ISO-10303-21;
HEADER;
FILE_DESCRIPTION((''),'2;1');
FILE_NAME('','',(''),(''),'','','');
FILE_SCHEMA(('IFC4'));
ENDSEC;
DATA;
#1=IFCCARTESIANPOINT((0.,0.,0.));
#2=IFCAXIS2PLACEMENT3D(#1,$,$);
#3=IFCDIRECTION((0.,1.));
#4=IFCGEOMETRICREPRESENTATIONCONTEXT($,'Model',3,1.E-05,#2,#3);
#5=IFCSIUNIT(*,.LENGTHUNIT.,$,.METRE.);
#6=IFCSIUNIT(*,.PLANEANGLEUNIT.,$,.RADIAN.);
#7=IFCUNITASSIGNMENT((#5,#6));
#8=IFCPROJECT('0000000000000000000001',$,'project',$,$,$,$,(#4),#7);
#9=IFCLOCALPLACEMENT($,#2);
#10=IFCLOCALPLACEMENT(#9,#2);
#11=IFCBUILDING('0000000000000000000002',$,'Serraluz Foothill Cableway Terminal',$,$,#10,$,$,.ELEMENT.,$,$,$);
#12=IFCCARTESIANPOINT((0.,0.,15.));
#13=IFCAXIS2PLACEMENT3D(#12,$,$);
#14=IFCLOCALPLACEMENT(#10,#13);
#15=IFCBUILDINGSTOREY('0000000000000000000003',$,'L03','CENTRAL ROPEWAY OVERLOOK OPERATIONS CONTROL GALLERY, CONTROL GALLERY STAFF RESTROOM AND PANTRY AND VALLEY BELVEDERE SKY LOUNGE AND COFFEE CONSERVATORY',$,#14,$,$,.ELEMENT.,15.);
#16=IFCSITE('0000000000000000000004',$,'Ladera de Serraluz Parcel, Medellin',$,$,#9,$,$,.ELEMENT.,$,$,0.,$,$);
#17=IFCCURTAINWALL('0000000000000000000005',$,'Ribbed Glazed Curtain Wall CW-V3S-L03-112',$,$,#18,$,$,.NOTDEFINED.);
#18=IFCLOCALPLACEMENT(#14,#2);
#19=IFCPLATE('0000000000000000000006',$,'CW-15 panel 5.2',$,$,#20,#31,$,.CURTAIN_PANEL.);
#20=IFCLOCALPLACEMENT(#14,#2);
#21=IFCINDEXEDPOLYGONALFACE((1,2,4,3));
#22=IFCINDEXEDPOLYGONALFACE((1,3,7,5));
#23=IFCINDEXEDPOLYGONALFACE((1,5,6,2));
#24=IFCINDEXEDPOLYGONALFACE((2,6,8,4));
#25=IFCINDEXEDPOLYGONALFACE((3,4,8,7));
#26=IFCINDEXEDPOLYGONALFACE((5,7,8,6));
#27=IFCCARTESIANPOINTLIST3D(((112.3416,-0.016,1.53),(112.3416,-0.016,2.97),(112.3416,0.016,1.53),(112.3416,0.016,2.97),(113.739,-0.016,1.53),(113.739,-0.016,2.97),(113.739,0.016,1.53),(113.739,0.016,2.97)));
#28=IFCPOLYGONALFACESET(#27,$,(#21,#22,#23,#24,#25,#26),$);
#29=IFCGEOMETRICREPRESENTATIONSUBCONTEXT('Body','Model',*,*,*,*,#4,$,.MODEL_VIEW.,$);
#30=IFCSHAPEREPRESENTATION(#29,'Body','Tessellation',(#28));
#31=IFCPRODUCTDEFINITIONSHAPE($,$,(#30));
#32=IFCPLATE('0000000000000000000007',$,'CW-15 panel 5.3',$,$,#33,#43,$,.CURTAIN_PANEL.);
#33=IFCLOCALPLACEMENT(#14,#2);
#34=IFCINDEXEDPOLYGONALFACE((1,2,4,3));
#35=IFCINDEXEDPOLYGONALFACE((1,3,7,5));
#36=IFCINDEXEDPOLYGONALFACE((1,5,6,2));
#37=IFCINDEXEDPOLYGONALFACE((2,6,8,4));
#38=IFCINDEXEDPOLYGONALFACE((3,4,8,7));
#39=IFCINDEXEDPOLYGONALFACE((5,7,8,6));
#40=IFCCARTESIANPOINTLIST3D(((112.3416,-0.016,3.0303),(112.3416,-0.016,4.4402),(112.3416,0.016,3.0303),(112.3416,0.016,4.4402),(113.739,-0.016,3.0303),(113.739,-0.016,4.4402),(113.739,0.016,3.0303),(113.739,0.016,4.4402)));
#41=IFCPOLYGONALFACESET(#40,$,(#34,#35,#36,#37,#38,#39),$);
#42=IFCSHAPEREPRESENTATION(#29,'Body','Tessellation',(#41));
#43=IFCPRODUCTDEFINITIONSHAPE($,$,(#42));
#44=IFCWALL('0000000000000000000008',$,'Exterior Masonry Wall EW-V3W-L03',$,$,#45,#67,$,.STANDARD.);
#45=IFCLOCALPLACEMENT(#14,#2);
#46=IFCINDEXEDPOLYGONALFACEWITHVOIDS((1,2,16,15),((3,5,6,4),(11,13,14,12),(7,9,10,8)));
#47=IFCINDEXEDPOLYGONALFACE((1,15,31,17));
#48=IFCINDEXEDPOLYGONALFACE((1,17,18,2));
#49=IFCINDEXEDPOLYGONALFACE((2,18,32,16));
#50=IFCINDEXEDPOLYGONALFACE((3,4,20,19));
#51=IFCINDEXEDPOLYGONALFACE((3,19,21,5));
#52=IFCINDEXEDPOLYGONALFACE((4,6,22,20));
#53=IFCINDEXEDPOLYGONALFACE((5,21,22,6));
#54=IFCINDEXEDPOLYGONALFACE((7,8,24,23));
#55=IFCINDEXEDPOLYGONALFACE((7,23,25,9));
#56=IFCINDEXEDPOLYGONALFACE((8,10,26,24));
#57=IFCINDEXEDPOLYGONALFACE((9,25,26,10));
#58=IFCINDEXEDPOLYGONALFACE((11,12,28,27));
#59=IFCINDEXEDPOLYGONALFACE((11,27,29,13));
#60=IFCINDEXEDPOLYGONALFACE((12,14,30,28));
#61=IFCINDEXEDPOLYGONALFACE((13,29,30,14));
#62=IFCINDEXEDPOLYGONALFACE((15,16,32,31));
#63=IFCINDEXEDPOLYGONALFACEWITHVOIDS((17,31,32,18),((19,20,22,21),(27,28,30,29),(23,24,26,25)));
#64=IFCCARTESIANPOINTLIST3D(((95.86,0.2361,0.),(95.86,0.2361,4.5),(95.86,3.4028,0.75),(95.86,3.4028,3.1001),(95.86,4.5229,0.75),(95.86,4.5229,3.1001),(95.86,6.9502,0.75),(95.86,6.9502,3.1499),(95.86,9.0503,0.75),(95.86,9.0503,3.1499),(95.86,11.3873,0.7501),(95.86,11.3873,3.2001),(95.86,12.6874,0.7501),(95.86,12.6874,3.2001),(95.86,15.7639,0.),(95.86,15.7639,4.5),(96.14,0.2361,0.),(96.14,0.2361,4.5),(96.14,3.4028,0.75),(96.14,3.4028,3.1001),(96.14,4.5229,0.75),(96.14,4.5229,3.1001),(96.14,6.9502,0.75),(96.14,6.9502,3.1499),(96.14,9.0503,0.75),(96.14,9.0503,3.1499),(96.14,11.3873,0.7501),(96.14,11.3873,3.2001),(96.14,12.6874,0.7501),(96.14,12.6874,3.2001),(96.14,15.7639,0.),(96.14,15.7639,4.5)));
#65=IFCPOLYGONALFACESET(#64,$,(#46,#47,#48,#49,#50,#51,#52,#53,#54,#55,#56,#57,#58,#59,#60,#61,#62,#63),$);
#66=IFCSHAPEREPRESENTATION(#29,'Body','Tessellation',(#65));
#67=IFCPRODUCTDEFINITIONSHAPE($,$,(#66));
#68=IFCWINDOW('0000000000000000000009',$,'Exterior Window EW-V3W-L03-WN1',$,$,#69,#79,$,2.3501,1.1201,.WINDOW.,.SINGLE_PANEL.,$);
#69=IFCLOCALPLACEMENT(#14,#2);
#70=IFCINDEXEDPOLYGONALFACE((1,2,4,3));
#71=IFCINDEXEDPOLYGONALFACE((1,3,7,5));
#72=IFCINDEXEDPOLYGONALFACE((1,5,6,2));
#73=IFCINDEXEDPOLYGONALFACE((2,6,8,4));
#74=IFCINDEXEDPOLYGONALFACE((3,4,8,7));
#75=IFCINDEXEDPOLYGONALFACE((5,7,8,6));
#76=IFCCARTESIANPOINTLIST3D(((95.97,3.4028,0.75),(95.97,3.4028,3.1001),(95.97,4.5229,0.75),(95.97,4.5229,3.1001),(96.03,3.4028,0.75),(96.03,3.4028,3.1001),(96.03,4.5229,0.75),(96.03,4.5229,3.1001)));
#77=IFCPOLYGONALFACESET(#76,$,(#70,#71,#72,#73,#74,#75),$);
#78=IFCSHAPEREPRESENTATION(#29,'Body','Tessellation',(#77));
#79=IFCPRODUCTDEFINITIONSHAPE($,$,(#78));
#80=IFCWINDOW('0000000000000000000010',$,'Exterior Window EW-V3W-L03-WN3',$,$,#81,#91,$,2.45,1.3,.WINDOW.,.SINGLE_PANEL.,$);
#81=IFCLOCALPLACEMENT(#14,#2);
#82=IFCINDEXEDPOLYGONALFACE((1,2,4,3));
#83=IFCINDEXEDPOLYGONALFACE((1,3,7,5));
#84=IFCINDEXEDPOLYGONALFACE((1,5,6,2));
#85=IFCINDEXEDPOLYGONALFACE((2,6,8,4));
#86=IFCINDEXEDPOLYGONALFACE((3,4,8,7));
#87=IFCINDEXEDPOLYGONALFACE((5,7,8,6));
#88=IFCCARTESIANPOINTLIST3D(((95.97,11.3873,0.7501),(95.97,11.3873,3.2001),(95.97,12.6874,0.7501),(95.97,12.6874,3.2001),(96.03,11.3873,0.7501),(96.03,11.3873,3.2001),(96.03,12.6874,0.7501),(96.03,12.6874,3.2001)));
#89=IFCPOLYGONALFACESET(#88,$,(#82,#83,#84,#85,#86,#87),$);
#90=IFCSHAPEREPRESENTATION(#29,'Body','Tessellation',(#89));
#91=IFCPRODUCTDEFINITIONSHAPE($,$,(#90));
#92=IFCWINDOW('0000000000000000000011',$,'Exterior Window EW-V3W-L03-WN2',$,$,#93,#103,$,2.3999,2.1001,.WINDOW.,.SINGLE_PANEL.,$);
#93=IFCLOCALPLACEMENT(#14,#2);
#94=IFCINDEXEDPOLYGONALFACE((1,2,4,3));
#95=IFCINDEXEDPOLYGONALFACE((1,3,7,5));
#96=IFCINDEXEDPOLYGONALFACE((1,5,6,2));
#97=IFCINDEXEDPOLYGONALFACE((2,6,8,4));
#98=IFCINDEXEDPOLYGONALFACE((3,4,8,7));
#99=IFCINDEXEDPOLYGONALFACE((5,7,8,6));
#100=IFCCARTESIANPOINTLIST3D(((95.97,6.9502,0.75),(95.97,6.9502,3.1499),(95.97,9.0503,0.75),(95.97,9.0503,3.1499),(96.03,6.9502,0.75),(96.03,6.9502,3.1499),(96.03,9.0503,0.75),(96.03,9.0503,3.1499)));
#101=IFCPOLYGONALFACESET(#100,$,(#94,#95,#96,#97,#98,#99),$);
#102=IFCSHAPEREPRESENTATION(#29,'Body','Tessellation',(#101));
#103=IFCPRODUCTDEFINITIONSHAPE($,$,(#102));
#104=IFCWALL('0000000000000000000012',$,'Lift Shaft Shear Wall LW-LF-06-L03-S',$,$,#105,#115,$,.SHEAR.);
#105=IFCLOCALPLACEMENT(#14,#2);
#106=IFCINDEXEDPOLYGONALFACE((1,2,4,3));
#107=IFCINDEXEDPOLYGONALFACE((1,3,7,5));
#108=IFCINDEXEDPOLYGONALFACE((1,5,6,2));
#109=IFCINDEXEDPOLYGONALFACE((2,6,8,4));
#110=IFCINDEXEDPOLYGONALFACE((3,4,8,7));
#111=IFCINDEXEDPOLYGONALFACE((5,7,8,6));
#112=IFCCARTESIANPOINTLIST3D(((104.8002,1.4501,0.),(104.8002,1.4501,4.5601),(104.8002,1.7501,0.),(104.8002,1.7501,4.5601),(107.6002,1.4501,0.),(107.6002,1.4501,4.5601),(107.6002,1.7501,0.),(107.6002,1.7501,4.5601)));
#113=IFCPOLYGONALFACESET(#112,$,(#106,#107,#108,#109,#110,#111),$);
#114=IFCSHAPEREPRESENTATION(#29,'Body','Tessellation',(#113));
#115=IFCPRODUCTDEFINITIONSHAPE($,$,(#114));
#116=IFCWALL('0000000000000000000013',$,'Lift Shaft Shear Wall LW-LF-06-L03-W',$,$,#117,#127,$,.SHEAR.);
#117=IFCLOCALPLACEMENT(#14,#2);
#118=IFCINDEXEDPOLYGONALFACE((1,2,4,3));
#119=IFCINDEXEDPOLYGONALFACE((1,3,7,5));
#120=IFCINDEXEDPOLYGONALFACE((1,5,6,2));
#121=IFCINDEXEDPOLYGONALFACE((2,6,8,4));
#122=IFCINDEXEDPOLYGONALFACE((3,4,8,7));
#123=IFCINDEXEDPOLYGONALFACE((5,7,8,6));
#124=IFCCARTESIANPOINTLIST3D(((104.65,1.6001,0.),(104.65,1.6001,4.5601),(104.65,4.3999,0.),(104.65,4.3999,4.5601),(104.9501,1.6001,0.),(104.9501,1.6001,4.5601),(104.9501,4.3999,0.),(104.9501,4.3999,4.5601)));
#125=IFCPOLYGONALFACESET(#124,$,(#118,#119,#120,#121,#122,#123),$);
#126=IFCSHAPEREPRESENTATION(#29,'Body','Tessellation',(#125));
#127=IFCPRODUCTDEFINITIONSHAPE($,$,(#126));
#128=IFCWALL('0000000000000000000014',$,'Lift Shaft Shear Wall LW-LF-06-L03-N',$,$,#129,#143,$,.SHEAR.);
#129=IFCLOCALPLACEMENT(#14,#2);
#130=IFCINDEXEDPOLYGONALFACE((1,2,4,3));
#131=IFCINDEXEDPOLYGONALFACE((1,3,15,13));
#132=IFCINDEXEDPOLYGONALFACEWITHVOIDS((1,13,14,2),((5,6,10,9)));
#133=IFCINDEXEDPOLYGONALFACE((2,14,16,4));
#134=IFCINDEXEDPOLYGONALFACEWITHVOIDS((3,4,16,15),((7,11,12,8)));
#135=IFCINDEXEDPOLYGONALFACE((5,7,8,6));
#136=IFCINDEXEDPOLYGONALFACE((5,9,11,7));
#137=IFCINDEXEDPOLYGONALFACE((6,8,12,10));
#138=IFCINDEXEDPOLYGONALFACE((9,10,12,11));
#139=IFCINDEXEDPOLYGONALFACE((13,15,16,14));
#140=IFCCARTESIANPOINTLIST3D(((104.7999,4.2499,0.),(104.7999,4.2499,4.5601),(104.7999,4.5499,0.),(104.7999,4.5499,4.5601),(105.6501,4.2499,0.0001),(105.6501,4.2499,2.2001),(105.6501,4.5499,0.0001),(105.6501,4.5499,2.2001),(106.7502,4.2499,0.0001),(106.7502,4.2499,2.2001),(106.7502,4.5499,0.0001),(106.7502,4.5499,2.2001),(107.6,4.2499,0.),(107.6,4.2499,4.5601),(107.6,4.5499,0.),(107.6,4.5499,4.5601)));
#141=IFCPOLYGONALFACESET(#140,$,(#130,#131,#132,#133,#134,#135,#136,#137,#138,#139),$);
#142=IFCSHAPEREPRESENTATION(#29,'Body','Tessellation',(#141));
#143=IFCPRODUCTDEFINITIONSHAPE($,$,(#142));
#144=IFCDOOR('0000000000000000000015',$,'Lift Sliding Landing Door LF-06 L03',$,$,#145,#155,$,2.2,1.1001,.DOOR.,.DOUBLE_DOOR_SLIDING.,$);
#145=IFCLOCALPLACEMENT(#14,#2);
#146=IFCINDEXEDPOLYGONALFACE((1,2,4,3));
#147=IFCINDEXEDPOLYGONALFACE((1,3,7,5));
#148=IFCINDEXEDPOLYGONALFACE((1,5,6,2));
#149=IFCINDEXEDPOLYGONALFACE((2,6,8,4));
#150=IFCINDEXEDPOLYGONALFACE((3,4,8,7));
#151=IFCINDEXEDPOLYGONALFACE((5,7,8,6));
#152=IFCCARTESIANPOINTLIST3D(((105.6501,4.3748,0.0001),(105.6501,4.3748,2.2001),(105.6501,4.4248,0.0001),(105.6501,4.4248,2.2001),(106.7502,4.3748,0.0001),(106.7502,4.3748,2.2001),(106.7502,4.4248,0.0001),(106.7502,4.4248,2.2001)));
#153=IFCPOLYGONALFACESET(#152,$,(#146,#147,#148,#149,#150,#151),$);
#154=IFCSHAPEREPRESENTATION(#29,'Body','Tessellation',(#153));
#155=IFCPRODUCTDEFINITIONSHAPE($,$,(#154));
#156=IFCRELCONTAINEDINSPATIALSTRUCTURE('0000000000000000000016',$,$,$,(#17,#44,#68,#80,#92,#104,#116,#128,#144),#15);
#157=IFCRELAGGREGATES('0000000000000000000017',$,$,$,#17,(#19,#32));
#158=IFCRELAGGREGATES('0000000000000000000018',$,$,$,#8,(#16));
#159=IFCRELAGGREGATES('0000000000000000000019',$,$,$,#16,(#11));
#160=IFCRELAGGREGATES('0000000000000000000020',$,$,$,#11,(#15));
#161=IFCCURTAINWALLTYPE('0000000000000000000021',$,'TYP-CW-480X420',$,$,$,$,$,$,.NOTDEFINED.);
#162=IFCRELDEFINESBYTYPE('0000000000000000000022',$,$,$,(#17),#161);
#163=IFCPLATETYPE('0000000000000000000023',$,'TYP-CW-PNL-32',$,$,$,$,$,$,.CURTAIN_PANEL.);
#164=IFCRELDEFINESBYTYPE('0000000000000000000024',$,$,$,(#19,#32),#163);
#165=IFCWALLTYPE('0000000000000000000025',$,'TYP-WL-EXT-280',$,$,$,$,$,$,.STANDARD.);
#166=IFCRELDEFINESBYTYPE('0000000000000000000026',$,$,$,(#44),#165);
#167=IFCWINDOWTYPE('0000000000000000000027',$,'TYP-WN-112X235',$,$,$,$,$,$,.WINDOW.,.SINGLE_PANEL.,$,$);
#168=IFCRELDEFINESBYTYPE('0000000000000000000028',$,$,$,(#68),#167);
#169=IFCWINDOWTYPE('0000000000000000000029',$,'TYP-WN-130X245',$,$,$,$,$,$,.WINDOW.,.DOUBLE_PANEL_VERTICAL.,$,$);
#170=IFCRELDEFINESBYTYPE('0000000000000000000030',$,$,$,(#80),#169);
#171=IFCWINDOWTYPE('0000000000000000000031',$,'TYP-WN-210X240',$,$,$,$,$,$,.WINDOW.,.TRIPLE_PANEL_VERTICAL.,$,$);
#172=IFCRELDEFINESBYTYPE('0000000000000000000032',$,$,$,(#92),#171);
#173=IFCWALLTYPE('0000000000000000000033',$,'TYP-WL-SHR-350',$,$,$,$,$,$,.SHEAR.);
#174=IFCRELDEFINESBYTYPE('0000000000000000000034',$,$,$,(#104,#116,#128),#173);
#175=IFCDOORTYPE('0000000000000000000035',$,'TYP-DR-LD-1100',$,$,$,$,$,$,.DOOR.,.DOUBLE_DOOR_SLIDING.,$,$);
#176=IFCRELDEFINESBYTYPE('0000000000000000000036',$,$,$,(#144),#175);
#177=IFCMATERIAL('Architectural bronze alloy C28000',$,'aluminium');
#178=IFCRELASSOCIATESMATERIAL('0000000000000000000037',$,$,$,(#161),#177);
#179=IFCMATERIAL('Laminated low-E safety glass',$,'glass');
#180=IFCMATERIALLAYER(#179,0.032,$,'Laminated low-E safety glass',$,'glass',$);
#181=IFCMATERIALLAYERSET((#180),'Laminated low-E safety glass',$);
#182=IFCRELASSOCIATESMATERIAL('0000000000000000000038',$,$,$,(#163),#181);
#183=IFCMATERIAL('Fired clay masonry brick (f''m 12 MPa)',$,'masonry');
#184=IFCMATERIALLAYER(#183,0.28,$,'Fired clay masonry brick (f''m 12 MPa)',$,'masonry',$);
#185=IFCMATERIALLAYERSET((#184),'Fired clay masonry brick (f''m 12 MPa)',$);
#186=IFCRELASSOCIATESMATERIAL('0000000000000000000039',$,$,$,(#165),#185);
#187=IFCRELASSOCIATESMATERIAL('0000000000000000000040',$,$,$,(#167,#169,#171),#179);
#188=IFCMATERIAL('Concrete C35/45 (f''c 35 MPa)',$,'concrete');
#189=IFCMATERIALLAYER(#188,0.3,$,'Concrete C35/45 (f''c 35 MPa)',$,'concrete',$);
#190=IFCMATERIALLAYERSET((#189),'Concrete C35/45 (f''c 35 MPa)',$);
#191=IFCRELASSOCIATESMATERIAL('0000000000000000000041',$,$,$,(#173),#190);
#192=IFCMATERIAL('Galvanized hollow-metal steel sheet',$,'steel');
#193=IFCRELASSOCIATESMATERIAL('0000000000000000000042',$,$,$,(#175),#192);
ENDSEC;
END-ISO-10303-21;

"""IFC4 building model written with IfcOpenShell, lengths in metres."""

from ifc_helpers import new_model, si_unit, direction, frame, frame_2d, origin, origin_2d, place, context, subcontext, project, spatial, rectangle, extrude, material, layer, layer_set, type_object, element, fill, aggregate, save


model = new_model("IFC4")

# Units and contexts
model_context = context("Model", 3, precision=1e-05, world=origin(), true_north=direction((0.0, 1.0)))
body_context = subcontext(model_context, "Body", "Model", "MODEL_VIEW")
ifc_project = project(units=[si_unit("LENGTHUNIT", "METRE"), si_unit("PLANEANGLEUNIT", "RADIAN")], contexts=[model_context])

# Site, building, storey
site_placement = place(None, origin())
site = spatial("IfcSite", under=ifc_project, at=site_placement, Name="Ladera de Serraluz Parcel, Medellin", CompositionType="ELEMENT", RefElevation=0.0)
building_placement = place(site_placement, origin())
building = spatial("IfcBuilding", under=site, at=building_placement, Name="Serraluz Foothill Cableway Terminal", CompositionType="ELEMENT")
storey_placement = place(building_placement, frame((0.0, 0.0, 15.0)))
storey = spatial("IfcBuildingStorey", under=building, at=storey_placement, Name="L03", Description="CENTRAL ROPEWAY OVERLOOK OPERATIONS CONTROL GALLERY, CONTROL GALLERY STAFF RESTROOM AND PANTRY AND VALLEY BELVEDERE SKY LOUNGE AND COFFEE CONSERVATORY", CompositionType="ELEMENT", Elevation=15.0)

# Shared definitions
ifc_material_1 = material(Name="Architectural bronze alloy C28000", Category="aluminium")

# Curtain wall
curtain_wall_type_1 = type_object("IfcCurtainWallType", Name="TYP-CW-480X420", PredefinedType="NOTDEFINED", material=ifc_material_1)
curtain_wall_1_placement = place(storey_placement, origin())
curtain_wall_1 = element("IfcCurtainWall", 1, at=curtain_wall_1_placement, inside=storey, type_object=curtain_wall_type_1, Name="Ribbed Glazed Curtain Wall CW-V3S-L03-112", PredefinedType="NOTDEFINED")

# Plates
ifc_material_2 = material(Name="Laminated low-E safety glass", Category="glass")
ifc_layer_1 = layer(ifc_material_2, 0.032, Name="Laminated low-E safety glass", Category="glass")
ifc_layer_set_1 = layer_set([ifc_layer_1], Name="Laminated low-E safety glass")
plate_type = type_object("IfcPlateType", Name="TYP-CW-PNL-32", PredefinedType="CURTAIN_PANEL", material=ifc_layer_set_1)
plate_1_placement = place(storey_placement, frame((113.0403, 0.0, 1.53), z_axis=(0.0, 0.0, 1.0), x_axis=(-1.0, 0.0, 0.0)))
plate_1 = element("IfcPlate", 2, at=plate_1_placement, type_object=plate_type, Name="CW-15 panel 5.2", PredefinedType="CURTAIN_PANEL", context=body_context, shape_type="SweptSolid", body=[
    extrude(rectangle(XDim=1.3975, YDim=0.032, at=origin_2d()), origin(), (0.0, 0.0, 1.0), 1.4399),
])
plate_2_placement = place(storey_placement, frame((113.0403, 0.0, 3.0303), z_axis=(0.0, 0.0, 1.0), x_axis=(-1.0, 0.0, 0.0)))
plate_2 = element("IfcPlate", 3, at=plate_2_placement, type_object=plate_type, Name="CW-15 panel 5.3", PredefinedType="CURTAIN_PANEL", context=body_context, shape_type="SweptSolid", body=[
    extrude(rectangle(XDim=1.3975, YDim=0.032, at=origin_2d()), origin(), (0.0, 0.0, 1.0), 1.4099),
])
aggregate(curtain_wall_1, [plate_1, plate_2])

# Wall, openings, windows
ifc_material_3 = material(Name="Fired clay masonry brick (f'm 12 MPa)", Category="masonry")
ifc_layer_2 = layer(ifc_material_3, 0.28, Name="Fired clay masonry brick (f'm 12 MPa)", Category="masonry")
ifc_layer_set_2 = layer_set([ifc_layer_2], Name="Fired clay masonry brick (f'm 12 MPa)")
wall_type_1 = type_object("IfcWallType", Name="TYP-WL-EXT-280", PredefinedType="STANDARD", material=ifc_layer_set_2)
wall_1_placement = place(storey_placement, frame((96.0, 0.2361, 0.0), z_axis=(0.0, 0.0, 1.0), x_axis=(0.0, 1.0, 0.0)))
wall_1 = element("IfcWall", 4, at=wall_1_placement, inside=storey, type_object=wall_type_1, Name="Exterior Masonry Wall EW-V3W-L03", PredefinedType="STANDARD", context=body_context, shape_type="SweptSolid", body=[
    extrude(rectangle(XDim=15.5278, YDim=0.28, at=frame_2d((7.7639, 0.0))), origin(), (0.0, 0.0, 1.0), 4.5),
])
opening_1_placement = place(wall_1_placement, frame((3.1667, 0.0, 0.75)))
opening_1 = element("IfcOpeningElement", 5, at=opening_1_placement, cuts=wall_1, PredefinedType="OPENING", context=body_context, shape_type="SweptSolid", body=[
    extrude(rectangle(XDim=1.1201, YDim=2.3501, at=frame_2d((0.5601, 1.175))), frame((0.0, 0.1499, 0.0), z_axis=(0.0, -1.0, 0.0), x_axis=(1.0, 0.0, 0.0)), (0.0, 0.0, 1.0), 0.3),
])
opening_2_placement = place(wall_1_placement, frame((6.7141, 0.0, 0.75)))
opening_2 = element("IfcOpeningElement", 6, at=opening_2_placement, cuts=wall_1, PredefinedType="OPENING", context=body_context, shape_type="SweptSolid", body=[
    extrude(rectangle(XDim=2.1001, YDim=2.3999, at=frame_2d((1.05, 1.2))), frame((0.0, 0.1499, 0.0), z_axis=(0.0, -1.0, 0.0), x_axis=(1.0, 0.0, 0.0)), (0.0, 0.0, 1.0), 0.3),
])
opening_3_placement = place(wall_1_placement, frame((11.1514, 0.0, 0.75)))
opening_3 = element("IfcOpeningElement", 7, at=opening_3_placement, cuts=wall_1, PredefinedType="OPENING", context=body_context, shape_type="SweptSolid", body=[
    extrude(rectangle(XDim=1.3, YDim=2.45, at=frame_2d((0.6499, 1.2251))), frame((0.0, 0.1499, 0.0), z_axis=(0.0, -1.0, 0.0), x_axis=(1.0, 0.0, 0.0)), (0.0, 0.0, 1.0), 0.3),
])
window_type_1 = type_object("IfcWindowType", Name="TYP-WN-112X235", PartitioningType="SINGLE_PANEL", PredefinedType="WINDOW", material=ifc_material_2)
window_1_placement = place(opening_1_placement, origin())
window_1 = element("IfcWindow", 8, at=window_1_placement, inside=storey, type_object=window_type_1, Name="Exterior Window EW-V3W-L03-WN1", OverallHeight=2.3501, OverallWidth=1.1201, PartitioningType="SINGLE_PANEL", PredefinedType="WINDOW", context=body_context, shape_type="SweptSolid", body=[
    extrude(rectangle(XDim=1.1201, YDim=2.3501, at=frame_2d((0.5601, 1.175))), frame((0.0, 0.03, 0.0), z_axis=(0.0, -1.0, 0.0), x_axis=(1.0, 0.0, 0.0)), (0.0, 0.0, 1.0), 0.0601),
])
fill(opening_1, window_1)
window_type_2 = type_object("IfcWindowType", Name="TYP-WN-130X245", PartitioningType="DOUBLE_PANEL_VERTICAL", PredefinedType="WINDOW", material=ifc_material_2)
window_2_placement = place(opening_3_placement, origin())
window_2 = element("IfcWindow", 9, at=window_2_placement, inside=storey, type_object=window_type_2, Name="Exterior Window EW-V3W-L03-WN3", OverallHeight=2.45, OverallWidth=1.3, PartitioningType="SINGLE_PANEL", PredefinedType="WINDOW", context=body_context, shape_type="SweptSolid", body=[
    extrude(rectangle(XDim=1.3, YDim=2.45, at=frame_2d((0.6499, 1.2251))), frame((0.0, 0.03, 0.0), z_axis=(0.0, -1.0, 0.0), x_axis=(1.0, 0.0, 0.0)), (0.0, 0.0, 1.0), 0.0601),
])
fill(opening_3, window_2)
window_type_3 = type_object("IfcWindowType", Name="TYP-WN-210X240", PartitioningType="TRIPLE_PANEL_VERTICAL", PredefinedType="WINDOW", material=ifc_material_2)
window_3_placement = place(opening_2_placement, origin())
window_3 = element("IfcWindow", 10, at=window_3_placement, inside=storey, type_object=window_type_3, Name="Exterior Window EW-V3W-L03-WN2", OverallHeight=2.3999, OverallWidth=2.1001, PartitioningType="SINGLE_PANEL", PredefinedType="WINDOW", context=body_context, shape_type="SweptSolid", body=[
    extrude(rectangle(XDim=2.1001, YDim=2.3999, at=frame_2d((1.05, 1.2))), frame((0.0, 0.03, 0.0), z_axis=(0.0, -1.0, 0.0), x_axis=(1.0, 0.0, 0.0)), (0.0, 0.0, 1.0), 0.0601),
])
fill(opening_2, window_3)

# Walls
ifc_material_4 = material(Name="Concrete C35/45 (f'c 35 MPa)", Category="concrete")
ifc_layer_3 = layer(ifc_material_4, 0.3, Name="Concrete C35/45 (f'c 35 MPa)", Category="concrete")
ifc_layer_set_3 = layer_set([ifc_layer_3], Name="Concrete C35/45 (f'c 35 MPa)")
wall_type_2 = type_object("IfcWallType", Name="TYP-WL-SHR-350", PredefinedType="SHEAR", material=ifc_layer_set_3)
wall_2_placement = place(storey_placement, frame((107.6001, 1.6001, 0.0), z_axis=(0.0, 0.0, 1.0), x_axis=(-1.0, 0.0, 0.0)))
element("IfcWall", 11, at=wall_2_placement, inside=storey, type_object=wall_type_2, Name="Lift Shaft Shear Wall LW-LF-06-L03-S", PredefinedType="SHEAR", context=body_context, shape_type="SweptSolid", body=[
    extrude(rectangle(XDim=2.8, YDim=0.3, at=frame_2d((1.3999, 0.0))), origin(), (0.0, 0.0, 1.0), 4.5601),
])
wall_3_placement = place(storey_placement, frame((104.8, 1.6001, 0.0), z_axis=(0.0, 0.0, 1.0), x_axis=(0.0, 1.0, 0.0)))
element("IfcWall", 12, at=wall_3_placement, inside=storey, type_object=wall_type_2, Name="Lift Shaft Shear Wall LW-LF-06-L03-W", PredefinedType="SHEAR", context=body_context, shape_type="SweptSolid", body=[
    extrude(rectangle(XDim=2.7998, YDim=0.3, at=frame_2d((1.3999, 0.0))), origin(), (0.0, 0.0, 1.0), 4.5601),
])

# Wall, opening, door
wall_4_placement = place(storey_placement, frame((104.8, 4.3999, 0.0), z_axis=(0.0, 0.0, 1.0), x_axis=(1.0, 0.0, 0.0)))
wall_4 = element("IfcWall", 13, at=wall_4_placement, inside=storey, type_object=wall_type_2, Name="Lift Shaft Shear Wall LW-LF-06-L03-N", PredefinedType="SHEAR", context=body_context, shape_type="SweptSolid", body=[
    extrude(rectangle(XDim=2.8, YDim=0.3, at=frame_2d((1.3999, 0.0))), origin(), (0.0, 0.0, 1.0), 4.5601),
])
opening_4_placement = place(wall_4_placement, frame((0.8501, 0.0, 0.0)))
opening_4 = element("IfcOpeningElement", 14, at=opening_4_placement, cuts=wall_4, PredefinedType="OPENING", context=body_context, shape_type="SweptSolid", body=[
    extrude(rectangle(XDim=1.1001, YDim=2.2, at=frame_2d((0.55, 1.1001))), frame((0.0, 0.1602, 0.0), z_axis=(0.0, -1.0, 0.0), x_axis=(1.0, 0.0, 0.0)), (0.0, 0.0, 1.0), 0.3201),
])
ifc_material_5 = material(Name="Galvanized hollow-metal steel sheet", Category="steel")
door_type = type_object("IfcDoorType", Name="TYP-DR-LD-1100", OperationType="DOUBLE_DOOR_SLIDING", PredefinedType="DOOR", material=ifc_material_5)
door_placement = place(opening_4_placement, origin())
door = element("IfcDoor", 15, at=door_placement, inside=storey, type_object=door_type, Name="Lift Sliding Landing Door LF-06 L03", OperationType="DOUBLE_DOOR_SLIDING", OverallHeight=2.2, OverallWidth=1.1001, PredefinedType="DOOR", context=body_context, shape_type="SweptSolid", body=[
    extrude(rectangle(XDim=1.1001, YDim=2.2, at=frame_2d((0.55, 1.1001))), frame((0.0, 0.0249, 0.0), z_axis=(0.0, -1.0, 0.0), x_axis=(1.0, 0.0, 0.0)), (0.0, 0.0, 1.0), 0.05),
])
fill(opening_4, door)

save(model, "model.ifc")
